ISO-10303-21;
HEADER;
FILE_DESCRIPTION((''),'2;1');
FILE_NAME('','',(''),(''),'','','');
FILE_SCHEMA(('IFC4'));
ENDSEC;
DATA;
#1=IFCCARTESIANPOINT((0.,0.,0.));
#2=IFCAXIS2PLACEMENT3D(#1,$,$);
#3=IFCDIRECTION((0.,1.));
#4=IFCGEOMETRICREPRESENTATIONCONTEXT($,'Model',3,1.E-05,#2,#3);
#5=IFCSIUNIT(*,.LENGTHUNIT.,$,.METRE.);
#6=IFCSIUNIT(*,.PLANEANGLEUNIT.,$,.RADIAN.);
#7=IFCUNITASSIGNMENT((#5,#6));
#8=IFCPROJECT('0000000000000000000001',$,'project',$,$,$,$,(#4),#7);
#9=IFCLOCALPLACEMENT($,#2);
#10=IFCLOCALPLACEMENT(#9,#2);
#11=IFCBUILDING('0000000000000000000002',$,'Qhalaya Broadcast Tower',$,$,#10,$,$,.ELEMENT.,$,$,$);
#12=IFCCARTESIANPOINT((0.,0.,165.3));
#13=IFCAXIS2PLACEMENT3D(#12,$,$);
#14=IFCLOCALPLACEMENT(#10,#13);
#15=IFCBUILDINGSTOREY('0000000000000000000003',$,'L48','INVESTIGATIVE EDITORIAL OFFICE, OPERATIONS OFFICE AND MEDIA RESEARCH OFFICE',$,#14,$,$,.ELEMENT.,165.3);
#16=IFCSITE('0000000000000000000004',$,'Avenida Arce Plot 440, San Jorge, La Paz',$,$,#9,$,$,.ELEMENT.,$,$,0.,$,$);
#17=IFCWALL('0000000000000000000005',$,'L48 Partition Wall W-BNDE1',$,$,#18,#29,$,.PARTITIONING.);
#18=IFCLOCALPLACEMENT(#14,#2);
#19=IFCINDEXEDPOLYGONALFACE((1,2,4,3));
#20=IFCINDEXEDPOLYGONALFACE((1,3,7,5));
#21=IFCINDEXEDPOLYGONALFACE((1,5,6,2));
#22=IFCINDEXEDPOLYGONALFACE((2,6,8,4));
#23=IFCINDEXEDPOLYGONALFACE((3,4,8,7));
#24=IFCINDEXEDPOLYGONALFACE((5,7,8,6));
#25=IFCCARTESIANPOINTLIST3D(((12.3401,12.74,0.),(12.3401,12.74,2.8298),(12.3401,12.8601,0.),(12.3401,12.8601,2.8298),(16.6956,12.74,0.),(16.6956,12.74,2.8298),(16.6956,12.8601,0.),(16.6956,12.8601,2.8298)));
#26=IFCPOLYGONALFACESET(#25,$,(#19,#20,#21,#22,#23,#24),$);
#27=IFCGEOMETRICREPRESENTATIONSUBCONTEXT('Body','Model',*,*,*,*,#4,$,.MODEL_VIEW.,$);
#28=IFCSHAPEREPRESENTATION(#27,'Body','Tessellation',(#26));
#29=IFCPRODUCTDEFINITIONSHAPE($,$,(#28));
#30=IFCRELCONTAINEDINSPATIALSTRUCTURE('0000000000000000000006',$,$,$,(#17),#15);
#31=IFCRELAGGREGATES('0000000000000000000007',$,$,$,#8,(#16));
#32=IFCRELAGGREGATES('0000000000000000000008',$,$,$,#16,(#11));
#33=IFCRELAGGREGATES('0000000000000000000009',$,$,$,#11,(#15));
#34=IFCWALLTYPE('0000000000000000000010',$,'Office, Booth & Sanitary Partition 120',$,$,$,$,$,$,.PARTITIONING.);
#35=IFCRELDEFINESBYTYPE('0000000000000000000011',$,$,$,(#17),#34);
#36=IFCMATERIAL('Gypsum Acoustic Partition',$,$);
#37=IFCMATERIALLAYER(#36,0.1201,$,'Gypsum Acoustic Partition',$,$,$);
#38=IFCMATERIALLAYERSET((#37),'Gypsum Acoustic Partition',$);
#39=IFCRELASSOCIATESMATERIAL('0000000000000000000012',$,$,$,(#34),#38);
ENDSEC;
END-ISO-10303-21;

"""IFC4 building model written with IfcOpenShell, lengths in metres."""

from ifc_helpers import new_model, si_unit, direction, frame, frame_2d, origin, place, context, subcontext, project, spatial, rectangle, extrude, material, layer, layer_set, type_object, element, save


model = new_model("IFC4")

# Units and contexts
model_context = context("Model", 3, precision=1e-05, world=origin(), true_north=direction((0.0, 1.0)))
body_context = subcontext(model_context, "Body", "Model", "MODEL_VIEW")
ifc_project = project(units=[si_unit("LENGTHUNIT", "METRE"), si_unit("PLANEANGLEUNIT", "RADIAN")], contexts=[model_context])

# Site, building, storey
site_placement = place(None, origin())
site = spatial("IfcSite", under=ifc_project, at=site_placement, Name="Avenida Arce Plot 440, San Jorge, La Paz", CompositionType="ELEMENT", RefElevation=0.0)
building_placement = place(site_placement, origin())
building = spatial("IfcBuilding", under=site, at=building_placement, Name="Qhalaya Broadcast Tower", CompositionType="ELEMENT")
storey_placement = place(building_placement, frame((0.0, 0.0, 165.3)))
storey = spatial("IfcBuildingStorey", under=building, at=storey_placement, Name="L48", Description="INVESTIGATIVE EDITORIAL OFFICE, OPERATIONS OFFICE AND MEDIA RESEARCH OFFICE", CompositionType="ELEMENT", Elevation=165.3)

# Wall
ifc_material_1 = material(Name="Gypsum Acoustic Partition")
ifc_layer_1 = layer(ifc_material_1, 0.1201, Name="Gypsum Acoustic Partition")
ifc_layer_set_1 = layer_set([ifc_layer_1], Name="Gypsum Acoustic Partition")
wall_type = type_object("IfcWallType", Name="Office, Booth & Sanitary Partition 120", PredefinedType="PARTITIONING", material=ifc_layer_set_1)
wall_placement = place(storey_placement, frame((12.3401, 12.8, 0.0), z_axis=(0.0, 0.0, 1.0), x_axis=(1.0, 0.0, 0.0)))
element("IfcWall", 1, at=wall_placement, inside=storey, type_object=wall_type, Name="L48 Partition Wall W-BNDE1", PredefinedType="PARTITIONING", context=body_context, shape_type="SweptSolid", body=[
    extrude(rectangle(XDim=4.3555, YDim=0.1201, at=frame_2d((2.1777, 0.0))), origin(), (0.0, 0.0, 1.0), 2.8298),
])

save(model, "model.ifc")
